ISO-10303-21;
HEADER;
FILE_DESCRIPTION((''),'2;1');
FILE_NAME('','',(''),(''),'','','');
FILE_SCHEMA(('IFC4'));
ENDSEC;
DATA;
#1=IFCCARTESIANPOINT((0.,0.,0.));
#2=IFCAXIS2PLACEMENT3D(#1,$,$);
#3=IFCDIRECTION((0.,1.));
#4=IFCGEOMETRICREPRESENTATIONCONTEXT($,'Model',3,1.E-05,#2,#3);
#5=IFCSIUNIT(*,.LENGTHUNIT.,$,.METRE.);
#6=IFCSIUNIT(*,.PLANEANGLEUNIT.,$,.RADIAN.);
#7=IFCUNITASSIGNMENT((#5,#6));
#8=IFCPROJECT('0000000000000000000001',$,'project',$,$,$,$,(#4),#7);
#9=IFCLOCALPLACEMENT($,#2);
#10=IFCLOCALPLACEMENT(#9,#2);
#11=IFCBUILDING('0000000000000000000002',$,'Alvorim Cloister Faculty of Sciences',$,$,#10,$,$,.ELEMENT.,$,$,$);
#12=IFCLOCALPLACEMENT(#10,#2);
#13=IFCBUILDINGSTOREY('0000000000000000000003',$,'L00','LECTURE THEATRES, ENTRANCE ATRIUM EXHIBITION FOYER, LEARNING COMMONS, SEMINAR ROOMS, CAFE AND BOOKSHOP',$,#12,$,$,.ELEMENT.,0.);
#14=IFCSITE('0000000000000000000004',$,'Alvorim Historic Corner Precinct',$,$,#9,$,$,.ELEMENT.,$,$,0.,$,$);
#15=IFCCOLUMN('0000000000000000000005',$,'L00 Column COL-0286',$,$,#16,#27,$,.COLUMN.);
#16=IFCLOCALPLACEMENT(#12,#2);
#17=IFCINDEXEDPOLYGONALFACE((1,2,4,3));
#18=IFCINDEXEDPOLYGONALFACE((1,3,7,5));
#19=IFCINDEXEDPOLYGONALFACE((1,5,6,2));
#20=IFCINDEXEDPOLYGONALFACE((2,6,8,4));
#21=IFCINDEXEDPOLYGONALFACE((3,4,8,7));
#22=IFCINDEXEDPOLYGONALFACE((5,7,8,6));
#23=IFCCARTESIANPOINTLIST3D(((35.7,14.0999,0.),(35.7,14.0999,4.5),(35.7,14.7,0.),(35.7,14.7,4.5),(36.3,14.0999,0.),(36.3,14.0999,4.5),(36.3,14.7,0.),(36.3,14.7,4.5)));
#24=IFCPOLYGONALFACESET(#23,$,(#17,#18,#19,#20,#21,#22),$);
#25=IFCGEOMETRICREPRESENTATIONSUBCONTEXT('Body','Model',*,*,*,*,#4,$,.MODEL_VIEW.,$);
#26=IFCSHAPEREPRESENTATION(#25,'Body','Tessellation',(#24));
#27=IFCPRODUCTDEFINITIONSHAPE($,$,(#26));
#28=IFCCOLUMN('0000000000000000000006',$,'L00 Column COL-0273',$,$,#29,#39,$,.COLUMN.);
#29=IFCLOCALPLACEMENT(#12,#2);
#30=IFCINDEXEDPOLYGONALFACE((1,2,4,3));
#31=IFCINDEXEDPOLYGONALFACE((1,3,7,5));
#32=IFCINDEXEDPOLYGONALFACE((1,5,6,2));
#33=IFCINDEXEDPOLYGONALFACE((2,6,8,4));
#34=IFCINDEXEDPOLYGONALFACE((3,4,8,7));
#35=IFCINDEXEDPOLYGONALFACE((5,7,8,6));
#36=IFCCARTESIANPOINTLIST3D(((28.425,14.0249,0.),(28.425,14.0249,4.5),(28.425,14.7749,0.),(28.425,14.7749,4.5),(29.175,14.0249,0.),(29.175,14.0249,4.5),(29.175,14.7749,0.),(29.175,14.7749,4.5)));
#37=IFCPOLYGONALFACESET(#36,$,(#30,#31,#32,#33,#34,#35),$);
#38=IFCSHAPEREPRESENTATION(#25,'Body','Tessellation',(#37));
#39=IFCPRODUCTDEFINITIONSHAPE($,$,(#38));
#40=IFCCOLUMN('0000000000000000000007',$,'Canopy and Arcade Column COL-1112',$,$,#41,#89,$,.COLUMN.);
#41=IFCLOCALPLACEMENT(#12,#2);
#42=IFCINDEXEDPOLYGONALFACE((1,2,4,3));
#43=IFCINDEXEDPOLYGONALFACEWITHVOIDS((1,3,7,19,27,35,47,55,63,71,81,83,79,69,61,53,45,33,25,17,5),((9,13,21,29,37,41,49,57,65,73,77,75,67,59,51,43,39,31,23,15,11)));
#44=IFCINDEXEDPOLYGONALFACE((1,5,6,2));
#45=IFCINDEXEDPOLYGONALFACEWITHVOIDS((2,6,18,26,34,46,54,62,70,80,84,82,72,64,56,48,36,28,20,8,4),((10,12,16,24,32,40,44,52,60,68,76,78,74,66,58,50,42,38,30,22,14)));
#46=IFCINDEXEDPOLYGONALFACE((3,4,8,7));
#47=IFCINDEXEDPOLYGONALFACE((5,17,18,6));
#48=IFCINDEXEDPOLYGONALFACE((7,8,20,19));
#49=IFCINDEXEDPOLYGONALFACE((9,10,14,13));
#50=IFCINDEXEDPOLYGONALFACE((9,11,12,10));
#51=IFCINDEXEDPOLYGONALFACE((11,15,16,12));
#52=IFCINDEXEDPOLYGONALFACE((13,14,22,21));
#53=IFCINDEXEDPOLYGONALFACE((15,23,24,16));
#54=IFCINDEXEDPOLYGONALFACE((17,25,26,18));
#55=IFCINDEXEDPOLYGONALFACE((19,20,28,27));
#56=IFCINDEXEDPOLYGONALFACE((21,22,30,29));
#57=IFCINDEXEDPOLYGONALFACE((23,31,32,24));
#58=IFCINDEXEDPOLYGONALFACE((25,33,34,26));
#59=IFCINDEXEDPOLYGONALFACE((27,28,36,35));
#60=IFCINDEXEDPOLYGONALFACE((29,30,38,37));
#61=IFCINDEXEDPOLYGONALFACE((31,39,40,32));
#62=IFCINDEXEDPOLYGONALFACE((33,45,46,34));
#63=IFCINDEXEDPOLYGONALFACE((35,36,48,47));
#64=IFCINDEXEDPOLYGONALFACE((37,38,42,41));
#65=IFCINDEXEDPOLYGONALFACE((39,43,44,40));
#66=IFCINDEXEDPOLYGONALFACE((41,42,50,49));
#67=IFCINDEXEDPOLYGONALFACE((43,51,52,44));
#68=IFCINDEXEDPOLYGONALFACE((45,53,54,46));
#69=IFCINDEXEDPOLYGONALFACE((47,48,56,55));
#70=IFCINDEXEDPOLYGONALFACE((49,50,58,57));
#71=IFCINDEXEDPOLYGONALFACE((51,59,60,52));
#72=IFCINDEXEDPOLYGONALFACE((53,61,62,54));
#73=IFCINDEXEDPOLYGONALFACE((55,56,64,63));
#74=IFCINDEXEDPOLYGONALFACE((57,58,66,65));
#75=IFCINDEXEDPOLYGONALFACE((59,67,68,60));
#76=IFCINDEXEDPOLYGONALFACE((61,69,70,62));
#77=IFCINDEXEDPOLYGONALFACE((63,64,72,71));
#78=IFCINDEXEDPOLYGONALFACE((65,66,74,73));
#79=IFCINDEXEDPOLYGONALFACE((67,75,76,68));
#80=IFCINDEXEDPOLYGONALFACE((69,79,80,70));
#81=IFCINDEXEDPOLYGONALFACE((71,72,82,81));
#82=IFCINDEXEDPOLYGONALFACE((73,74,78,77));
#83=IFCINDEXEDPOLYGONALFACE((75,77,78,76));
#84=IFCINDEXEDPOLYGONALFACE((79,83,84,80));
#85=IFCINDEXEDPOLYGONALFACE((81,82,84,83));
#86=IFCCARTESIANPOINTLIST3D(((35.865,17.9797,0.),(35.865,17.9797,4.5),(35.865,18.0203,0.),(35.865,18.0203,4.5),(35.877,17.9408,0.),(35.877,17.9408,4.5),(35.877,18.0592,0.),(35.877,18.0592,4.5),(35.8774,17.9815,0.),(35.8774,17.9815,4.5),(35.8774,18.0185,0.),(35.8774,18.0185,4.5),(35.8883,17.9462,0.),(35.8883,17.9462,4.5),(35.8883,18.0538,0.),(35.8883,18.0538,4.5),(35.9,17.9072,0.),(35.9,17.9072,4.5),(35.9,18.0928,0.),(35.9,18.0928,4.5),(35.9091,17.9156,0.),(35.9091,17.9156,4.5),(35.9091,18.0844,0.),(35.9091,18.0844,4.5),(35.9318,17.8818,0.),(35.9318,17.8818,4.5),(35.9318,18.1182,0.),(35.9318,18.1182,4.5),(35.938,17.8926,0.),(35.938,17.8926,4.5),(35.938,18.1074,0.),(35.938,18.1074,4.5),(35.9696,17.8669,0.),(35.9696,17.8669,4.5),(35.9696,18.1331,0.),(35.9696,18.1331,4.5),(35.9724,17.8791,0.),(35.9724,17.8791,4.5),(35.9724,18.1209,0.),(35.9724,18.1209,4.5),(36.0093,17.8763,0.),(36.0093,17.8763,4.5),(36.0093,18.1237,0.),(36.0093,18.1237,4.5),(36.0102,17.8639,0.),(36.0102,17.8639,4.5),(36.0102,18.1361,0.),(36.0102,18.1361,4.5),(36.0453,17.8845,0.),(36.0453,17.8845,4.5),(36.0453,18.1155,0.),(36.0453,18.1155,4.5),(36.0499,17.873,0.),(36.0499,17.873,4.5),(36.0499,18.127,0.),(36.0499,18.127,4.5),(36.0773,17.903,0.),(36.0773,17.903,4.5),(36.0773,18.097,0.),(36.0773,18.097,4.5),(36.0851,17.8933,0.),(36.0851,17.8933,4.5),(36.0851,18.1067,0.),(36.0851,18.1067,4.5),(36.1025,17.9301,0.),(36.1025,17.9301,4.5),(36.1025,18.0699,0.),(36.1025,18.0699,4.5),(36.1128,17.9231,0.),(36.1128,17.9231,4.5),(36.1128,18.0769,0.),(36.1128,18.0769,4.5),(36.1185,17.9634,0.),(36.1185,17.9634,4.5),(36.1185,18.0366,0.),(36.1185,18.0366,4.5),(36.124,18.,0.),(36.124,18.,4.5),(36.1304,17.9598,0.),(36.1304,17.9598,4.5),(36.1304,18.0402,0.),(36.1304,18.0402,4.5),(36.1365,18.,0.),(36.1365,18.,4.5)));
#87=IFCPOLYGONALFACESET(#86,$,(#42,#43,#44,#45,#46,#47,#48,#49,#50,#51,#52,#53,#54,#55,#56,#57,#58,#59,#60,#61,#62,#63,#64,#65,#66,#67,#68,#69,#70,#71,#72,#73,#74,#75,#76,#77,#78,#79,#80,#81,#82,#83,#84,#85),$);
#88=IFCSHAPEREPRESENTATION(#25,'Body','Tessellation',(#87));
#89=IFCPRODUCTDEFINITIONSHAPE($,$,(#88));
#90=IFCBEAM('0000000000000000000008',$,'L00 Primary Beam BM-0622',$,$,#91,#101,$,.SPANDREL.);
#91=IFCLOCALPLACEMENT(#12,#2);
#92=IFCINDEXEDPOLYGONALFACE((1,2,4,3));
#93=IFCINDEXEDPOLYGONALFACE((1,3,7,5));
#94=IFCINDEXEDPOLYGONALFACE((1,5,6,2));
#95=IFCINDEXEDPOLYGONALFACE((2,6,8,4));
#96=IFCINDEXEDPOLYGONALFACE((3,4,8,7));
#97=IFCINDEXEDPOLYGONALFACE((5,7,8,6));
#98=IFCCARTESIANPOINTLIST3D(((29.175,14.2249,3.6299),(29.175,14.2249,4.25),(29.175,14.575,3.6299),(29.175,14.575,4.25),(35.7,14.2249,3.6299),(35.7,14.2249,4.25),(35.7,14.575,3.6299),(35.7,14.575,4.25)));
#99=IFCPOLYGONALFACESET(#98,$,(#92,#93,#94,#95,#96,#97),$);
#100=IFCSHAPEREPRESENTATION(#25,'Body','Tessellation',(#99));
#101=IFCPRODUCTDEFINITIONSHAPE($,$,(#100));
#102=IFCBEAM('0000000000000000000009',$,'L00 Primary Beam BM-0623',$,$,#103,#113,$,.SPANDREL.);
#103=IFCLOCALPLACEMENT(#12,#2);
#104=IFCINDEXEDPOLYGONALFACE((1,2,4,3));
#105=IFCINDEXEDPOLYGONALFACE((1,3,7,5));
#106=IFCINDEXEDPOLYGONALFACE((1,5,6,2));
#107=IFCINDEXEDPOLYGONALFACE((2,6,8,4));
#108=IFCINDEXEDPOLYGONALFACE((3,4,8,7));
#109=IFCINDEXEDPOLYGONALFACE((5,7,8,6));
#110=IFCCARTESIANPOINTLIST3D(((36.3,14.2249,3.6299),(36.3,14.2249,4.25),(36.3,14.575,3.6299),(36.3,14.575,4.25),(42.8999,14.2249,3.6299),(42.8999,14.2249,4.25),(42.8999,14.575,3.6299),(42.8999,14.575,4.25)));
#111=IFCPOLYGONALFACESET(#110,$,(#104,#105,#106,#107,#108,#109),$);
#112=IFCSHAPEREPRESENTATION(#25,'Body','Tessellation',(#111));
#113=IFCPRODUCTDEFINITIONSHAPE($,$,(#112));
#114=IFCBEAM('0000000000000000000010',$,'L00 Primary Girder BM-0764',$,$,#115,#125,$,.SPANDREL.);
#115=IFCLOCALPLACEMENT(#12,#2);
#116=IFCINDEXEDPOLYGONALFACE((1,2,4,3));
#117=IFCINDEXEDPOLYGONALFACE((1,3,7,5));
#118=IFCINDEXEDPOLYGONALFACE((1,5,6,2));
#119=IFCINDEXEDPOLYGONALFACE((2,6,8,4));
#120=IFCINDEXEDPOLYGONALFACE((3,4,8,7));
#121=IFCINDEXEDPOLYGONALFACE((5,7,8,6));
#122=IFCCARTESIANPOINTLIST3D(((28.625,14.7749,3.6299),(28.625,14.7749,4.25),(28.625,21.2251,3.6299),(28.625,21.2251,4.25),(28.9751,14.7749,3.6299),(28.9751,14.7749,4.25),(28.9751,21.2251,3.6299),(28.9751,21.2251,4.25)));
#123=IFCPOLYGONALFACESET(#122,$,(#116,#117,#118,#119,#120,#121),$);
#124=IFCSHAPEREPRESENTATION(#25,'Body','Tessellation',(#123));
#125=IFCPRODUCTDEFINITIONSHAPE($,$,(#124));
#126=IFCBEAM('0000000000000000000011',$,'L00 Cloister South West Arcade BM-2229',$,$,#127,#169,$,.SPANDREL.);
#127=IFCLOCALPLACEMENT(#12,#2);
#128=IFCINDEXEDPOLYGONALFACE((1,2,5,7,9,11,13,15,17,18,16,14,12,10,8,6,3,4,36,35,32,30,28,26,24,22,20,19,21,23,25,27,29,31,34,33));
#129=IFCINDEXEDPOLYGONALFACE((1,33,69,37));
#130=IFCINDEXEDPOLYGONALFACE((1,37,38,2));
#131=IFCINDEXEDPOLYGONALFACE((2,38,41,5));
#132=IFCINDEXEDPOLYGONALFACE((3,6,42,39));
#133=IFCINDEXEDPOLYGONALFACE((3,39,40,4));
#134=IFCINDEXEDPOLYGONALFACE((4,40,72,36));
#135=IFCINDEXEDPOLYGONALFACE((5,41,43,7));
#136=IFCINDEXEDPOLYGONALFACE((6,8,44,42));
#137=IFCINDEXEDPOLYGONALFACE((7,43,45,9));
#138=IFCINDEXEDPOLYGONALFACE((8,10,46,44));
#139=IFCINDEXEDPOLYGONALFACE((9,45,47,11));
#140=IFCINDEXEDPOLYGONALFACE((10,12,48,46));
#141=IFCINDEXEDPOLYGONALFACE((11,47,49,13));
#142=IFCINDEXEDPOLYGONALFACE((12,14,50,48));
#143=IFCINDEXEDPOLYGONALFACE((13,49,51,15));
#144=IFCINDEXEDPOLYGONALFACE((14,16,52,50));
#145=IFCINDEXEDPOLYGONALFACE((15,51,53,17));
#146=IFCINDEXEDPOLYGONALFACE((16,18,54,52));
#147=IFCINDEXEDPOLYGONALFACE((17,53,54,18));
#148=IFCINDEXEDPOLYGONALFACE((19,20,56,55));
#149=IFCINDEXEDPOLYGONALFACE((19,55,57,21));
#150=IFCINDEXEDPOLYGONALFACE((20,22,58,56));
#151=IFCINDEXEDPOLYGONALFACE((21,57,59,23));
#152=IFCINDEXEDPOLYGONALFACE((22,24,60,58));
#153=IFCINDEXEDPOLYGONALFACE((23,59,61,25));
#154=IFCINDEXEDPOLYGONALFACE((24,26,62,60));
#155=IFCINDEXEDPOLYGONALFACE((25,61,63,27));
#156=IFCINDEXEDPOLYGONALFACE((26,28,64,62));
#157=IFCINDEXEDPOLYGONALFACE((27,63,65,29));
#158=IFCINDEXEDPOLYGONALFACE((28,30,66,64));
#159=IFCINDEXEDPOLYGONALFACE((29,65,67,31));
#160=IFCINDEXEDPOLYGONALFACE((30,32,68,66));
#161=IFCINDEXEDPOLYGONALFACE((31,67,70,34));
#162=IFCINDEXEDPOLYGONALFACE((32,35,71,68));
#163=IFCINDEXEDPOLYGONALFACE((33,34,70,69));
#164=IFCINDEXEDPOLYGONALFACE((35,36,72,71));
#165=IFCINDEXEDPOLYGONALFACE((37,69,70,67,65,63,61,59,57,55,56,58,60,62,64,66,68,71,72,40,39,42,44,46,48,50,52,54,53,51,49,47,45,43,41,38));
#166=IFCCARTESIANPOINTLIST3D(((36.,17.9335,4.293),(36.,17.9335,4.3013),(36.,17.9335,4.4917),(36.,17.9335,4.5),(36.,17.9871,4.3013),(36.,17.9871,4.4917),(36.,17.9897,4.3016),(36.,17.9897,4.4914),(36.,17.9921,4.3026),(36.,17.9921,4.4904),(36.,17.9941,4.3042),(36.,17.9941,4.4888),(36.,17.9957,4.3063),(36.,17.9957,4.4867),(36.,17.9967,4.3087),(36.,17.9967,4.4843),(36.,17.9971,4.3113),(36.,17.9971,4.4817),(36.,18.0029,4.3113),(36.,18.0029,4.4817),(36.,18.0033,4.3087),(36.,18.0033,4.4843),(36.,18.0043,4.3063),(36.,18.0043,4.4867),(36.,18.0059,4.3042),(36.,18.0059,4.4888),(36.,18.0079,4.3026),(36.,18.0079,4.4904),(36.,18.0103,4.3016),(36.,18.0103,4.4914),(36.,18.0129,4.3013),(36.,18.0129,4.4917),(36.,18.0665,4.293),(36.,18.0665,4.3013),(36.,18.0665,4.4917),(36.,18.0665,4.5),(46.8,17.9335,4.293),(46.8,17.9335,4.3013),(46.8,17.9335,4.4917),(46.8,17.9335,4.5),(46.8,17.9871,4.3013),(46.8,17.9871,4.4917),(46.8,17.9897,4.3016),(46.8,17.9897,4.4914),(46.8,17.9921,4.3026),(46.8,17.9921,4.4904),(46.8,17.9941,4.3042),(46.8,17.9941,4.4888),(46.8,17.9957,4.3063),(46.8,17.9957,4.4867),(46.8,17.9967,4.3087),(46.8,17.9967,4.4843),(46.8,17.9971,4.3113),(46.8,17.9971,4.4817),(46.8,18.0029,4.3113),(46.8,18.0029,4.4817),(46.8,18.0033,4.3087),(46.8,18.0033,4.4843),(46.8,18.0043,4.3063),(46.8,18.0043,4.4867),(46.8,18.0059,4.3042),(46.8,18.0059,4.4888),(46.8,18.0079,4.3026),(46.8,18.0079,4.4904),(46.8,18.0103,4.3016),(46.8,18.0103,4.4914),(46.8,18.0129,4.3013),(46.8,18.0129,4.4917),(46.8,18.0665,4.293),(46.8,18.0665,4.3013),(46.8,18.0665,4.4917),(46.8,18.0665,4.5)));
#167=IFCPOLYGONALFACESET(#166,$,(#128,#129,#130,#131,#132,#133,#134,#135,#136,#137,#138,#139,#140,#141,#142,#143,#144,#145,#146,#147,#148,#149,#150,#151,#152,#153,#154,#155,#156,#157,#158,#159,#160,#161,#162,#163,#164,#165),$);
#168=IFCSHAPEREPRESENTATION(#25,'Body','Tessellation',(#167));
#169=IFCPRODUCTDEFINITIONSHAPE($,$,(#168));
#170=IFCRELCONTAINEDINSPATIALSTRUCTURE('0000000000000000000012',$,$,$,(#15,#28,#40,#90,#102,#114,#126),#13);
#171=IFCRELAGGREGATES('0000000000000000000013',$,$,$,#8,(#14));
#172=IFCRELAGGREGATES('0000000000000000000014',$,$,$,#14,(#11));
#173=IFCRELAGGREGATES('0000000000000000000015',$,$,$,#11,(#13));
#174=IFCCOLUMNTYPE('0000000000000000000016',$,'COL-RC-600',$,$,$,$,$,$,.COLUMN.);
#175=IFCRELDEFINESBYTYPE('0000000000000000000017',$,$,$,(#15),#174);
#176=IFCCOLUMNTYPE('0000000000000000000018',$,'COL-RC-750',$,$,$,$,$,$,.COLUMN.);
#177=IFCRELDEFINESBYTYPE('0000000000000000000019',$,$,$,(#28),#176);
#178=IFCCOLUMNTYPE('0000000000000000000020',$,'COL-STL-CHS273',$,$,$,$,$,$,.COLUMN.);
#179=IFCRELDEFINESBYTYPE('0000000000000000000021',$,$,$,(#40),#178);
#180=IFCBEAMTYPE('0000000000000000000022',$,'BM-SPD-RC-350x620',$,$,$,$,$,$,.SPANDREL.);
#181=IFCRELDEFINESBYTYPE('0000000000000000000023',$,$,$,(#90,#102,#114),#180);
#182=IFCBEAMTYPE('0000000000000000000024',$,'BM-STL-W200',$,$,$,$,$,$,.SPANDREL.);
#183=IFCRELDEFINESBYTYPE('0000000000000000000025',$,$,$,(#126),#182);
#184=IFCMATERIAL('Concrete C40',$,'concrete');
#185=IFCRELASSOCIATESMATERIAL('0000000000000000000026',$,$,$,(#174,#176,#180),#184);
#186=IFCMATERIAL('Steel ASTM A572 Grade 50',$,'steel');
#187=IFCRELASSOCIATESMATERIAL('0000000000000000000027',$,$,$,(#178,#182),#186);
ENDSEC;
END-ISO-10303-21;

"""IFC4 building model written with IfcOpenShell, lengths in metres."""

from ifc_helpers import new_model, si_unit, direction, frame, origin, origin_2d, place, context, subcontext, project, spatial, rectangle, hollow_circle, i_section, extrude, material, material_profile, profile_set, type_object, element, save


model = new_model("IFC4")

# Units and contexts
model_context = context("Model", 3, precision=1e-05, world=origin(), true_north=direction((0.0, 1.0)))
body_context = subcontext(model_context, "Body", "Model", "MODEL_VIEW")
ifc_project = project(units=[si_unit("LENGTHUNIT", "METRE"), si_unit("PLANEANGLEUNIT", "RADIAN")], contexts=[model_context])

# Site, building, storey
site_placement = place(None, origin())
site = spatial("IfcSite", under=ifc_project, at=site_placement, Name="Alvorim Historic Corner Precinct", CompositionType="ELEMENT", RefElevation=0.0)
building_placement = place(site_placement, origin())
building = spatial("IfcBuilding", under=site, at=building_placement, Name="Alvorim Cloister Faculty of Sciences", CompositionType="ELEMENT")
storey_placement = place(building_placement, origin())
storey = spatial("IfcBuildingStorey", under=building, at=storey_placement, Name="L00", Description="LECTURE THEATRES, ENTRANCE ATRIUM EXHIBITION FOYER, LEARNING COMMONS, SEMINAR ROOMS, CAFE AND BOOKSHOP", CompositionType="ELEMENT", Elevation=0.0)

# Columns
ifc_material_1 = material(Name="Concrete C40", Category="concrete")
ifc_material_profile_1 = material_profile(ifc_material_1, rectangle(XDim=0.6001, YDim=0.6001, at=origin_2d()), Name="RC40-COL-600x600")
ifc_profile_set_1 = profile_set([ifc_material_profile_1], Name="Concrete C40")
column_type_1 = type_object("IfcColumnType", Name="COL-RC-600", PredefinedType="COLUMN", material=ifc_profile_set_1)
column_1_placement = place(storey_placement, frame((36.0, 14.3999, 0.0), z_axis=(0.0, 0.0, 1.0), x_axis=(1.0, 0.0, 0.0)))
element("IfcColumn", 1, at=column_1_placement, inside=storey, type_object=column_type_1, Name="L00 Column COL-0286", PredefinedType="COLUMN", context=body_context, shape_type="SweptSolid", body=[
    extrude(rectangle(XDim=0.6001, YDim=0.6001, at=origin_2d()), origin(), (0.0, 0.0, 1.0), 4.5),
])
ifc_material_profile_2 = material_profile(ifc_material_1, rectangle(XDim=0.75, YDim=0.75, at=origin_2d()), Name="RC40-COL-750x750")
ifc_profile_set_2 = profile_set([ifc_material_profile_2], Name="Concrete C40")
column_type_2 = type_object("IfcColumnType", Name="COL-RC-750", PredefinedType="COLUMN", material=ifc_profile_set_2)
column_2_placement = place(storey_placement, frame((28.8, 14.3999, 0.0), z_axis=(0.0, 0.0, 1.0), x_axis=(1.0, 0.0, 0.0)))
element("IfcColumn", 2, at=column_2_placement, inside=storey, type_object=column_type_2, Name="L00 Column COL-0273", PredefinedType="COLUMN", context=body_context, shape_type="SweptSolid", body=[
    extrude(rectangle(XDim=0.75, YDim=0.75, at=origin_2d()), origin(), (0.0, 0.0, 1.0), 4.5),
])
ifc_material_2 = material(Name="Steel ASTM A572 Grade 50", Category="steel")
ifc_material_profile_3 = material_profile(ifc_material_2, hollow_circle(Radius=0.1365, WallThickness=0.0125, at=origin_2d()), Name="CHS273x12.5")
ifc_profile_set_3 = profile_set([ifc_material_profile_3], Name="Steel ASTM A572 Grade 50")
column_type_3 = type_object("IfcColumnType", Name="COL-STL-CHS273", PredefinedType="COLUMN", material=ifc_profile_set_3)
column_3_placement = place(storey_placement, frame((36.0, 18.0, 0.0), z_axis=(0.0, 0.0, 1.0), x_axis=(1.0, 0.0, 0.0)))
element("IfcColumn", 3, at=column_3_placement, inside=storey, type_object=column_type_3, Name="Canopy and Arcade Column COL-1112", PredefinedType="COLUMN", context=body_context, shape_type="SweptSolid", body=[
    extrude(hollow_circle(Radius=0.1365, WallThickness=0.0125, at=origin_2d()), origin(), (0.0, 0.0, 1.0), 4.5),
])

# Beams
ifc_material_profile_4 = material_profile(ifc_material_1, rectangle(XDim=0.3501, YDim=0.6201, at=origin_2d()), Name="RC40-SPD-350x620")
ifc_profile_set_4 = profile_set([ifc_material_profile_4], Name="Concrete C40")
beam_type_1 = type_object("IfcBeamType", Name="BM-SPD-RC-350x620", PredefinedType="SPANDREL", material=ifc_profile_set_4)
beam_1_placement = place(storey_placement, frame((29.175, 14.3999, 3.9399), z_axis=(1.0, 0.0, 0.0), x_axis=(0.0, 1.0, 0.0)))
element("IfcBeam", 4, at=beam_1_placement, inside=storey, type_object=beam_type_1, Name="L00 Primary Beam BM-0622", PredefinedType="SPANDREL", context=body_context, shape_type="SweptSolid", body=[
    extrude(rectangle(XDim=0.3501, YDim=0.6201, at=origin_2d()), origin(), (0.0, 0.0, 1.0), 6.5249),
])
beam_2_placement = place(storey_placement, frame((36.3, 14.3999, 3.9399), z_axis=(1.0, 0.0, 0.0), x_axis=(0.0, 1.0, 0.0)))
element("IfcBeam", 5, at=beam_2_placement, inside=storey, type_object=beam_type_1, Name="L00 Primary Beam BM-0623", PredefinedType="SPANDREL", context=body_context, shape_type="SweptSolid", body=[
    extrude(rectangle(XDim=0.3501, YDim=0.6201, at=origin_2d()), origin(), (0.0, 0.0, 1.0), 6.5999),
])
beam_3_placement = place(storey_placement, frame((28.8, 14.7749, 3.9399), z_axis=(0.0, 1.0, 0.0), x_axis=(-1.0, 0.0, 0.0)))
element("IfcBeam", 6, at=beam_3_placement, inside=storey, type_object=beam_type_1, Name="L00 Primary Girder BM-0764", PredefinedType="SPANDREL", context=body_context, shape_type="SweptSolid", body=[
    extrude(rectangle(XDim=0.3501, YDim=0.6201, at=origin_2d()), origin(), (0.0, 0.0, 1.0), 6.4502),
])
ifc_material_profile_5 = material_profile(ifc_material_2, i_section(OverallWidth=0.1331, OverallDepth=0.207, WebThickness=0.0059, FlangeThickness=0.0083, FilletRadius=0.01, at=origin_2d()), Name="W200x26.6")
ifc_profile_set_5 = profile_set([ifc_material_profile_5], Name="Steel ASTM A572 Grade 50")
beam_type_2 = type_object("IfcBeamType", Name="BM-STL-W200", PredefinedType="SPANDREL", material=ifc_profile_set_5)
beam_4_placement = place(storey_placement, frame((36.0, 18.0, 4.3965), z_axis=(1.0, 0.0, 0.0), x_axis=(0.0, 1.0, 0.0)))
element("IfcBeam", 7, at=beam_4_placement, inside=storey, type_object=beam_type_2, Name="L00 Cloister South West Arcade BM-2229", PredefinedType="SPANDREL", context=body_context, shape_type="SweptSolid", body=[
    extrude(i_section(OverallWidth=0.1331, OverallDepth=0.207, WebThickness=0.0059, FlangeThickness=0.0083, FilletRadius=0.01, at=origin_2d()), origin(), (0.0, 0.0, 1.0), 10.8),
])

save(model, "model.ifc")
